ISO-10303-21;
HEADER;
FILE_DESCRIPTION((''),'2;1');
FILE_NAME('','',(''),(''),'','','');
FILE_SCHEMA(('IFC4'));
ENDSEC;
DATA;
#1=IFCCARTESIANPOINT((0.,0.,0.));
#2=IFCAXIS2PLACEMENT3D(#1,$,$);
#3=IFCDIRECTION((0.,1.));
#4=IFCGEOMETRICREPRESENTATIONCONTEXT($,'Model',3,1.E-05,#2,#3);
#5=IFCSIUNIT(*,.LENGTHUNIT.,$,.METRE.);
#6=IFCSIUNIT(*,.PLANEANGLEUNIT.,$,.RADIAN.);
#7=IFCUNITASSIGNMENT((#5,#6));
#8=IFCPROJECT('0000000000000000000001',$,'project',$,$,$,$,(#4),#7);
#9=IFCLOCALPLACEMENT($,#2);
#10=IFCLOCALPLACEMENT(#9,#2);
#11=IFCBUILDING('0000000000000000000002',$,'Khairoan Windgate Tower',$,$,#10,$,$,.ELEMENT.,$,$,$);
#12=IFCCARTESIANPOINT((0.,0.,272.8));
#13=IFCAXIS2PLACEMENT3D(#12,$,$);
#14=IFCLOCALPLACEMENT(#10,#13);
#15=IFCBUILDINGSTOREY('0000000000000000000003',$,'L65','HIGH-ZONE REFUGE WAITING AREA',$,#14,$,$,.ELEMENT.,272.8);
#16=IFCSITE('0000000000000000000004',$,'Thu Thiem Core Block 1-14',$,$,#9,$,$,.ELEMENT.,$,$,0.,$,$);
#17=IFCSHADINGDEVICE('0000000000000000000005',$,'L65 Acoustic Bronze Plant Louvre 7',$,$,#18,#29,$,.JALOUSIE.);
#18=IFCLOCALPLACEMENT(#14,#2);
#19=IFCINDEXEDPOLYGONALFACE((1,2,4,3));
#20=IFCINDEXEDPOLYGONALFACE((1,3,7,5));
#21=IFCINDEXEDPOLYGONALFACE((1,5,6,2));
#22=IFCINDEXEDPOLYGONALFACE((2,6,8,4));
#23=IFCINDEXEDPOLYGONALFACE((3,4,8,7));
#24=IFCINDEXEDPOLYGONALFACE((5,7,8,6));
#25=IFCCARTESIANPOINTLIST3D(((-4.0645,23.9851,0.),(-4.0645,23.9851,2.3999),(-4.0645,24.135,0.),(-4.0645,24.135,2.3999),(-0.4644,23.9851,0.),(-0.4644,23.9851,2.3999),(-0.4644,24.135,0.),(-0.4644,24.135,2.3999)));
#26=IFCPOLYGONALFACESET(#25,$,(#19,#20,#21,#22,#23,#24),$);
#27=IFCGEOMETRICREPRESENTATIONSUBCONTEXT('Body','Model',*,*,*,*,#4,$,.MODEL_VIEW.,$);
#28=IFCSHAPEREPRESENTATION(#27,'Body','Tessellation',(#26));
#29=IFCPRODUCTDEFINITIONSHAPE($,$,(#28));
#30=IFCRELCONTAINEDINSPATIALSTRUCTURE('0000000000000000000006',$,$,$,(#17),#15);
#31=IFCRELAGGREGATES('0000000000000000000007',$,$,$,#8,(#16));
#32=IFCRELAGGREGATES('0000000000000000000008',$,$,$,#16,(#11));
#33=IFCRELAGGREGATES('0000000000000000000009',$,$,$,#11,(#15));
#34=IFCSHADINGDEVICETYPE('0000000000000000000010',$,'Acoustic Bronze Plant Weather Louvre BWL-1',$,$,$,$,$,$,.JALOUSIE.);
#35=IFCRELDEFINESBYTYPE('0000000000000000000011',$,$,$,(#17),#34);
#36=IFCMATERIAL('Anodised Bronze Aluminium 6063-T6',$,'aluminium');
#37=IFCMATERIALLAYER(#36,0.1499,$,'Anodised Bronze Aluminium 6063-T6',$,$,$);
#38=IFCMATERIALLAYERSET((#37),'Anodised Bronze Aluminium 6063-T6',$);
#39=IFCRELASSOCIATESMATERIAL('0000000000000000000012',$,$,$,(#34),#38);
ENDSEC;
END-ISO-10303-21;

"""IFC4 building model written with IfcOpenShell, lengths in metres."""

from ifc_helpers import new_model, si_unit, direction, frame, origin, origin_2d, place, context, subcontext, project, spatial, rectangle, extrude, material, layer, layer_set, type_object, element, save


model = new_model("IFC4")

# Units and contexts
model_context = context("Model", 3, precision=1e-05, world=origin(), true_north=direction((0.0, 1.0)))
body_context = subcontext(model_context, "Body", "Model", "MODEL_VIEW")
ifc_project = project(units=[si_unit("LENGTHUNIT", "METRE"), si_unit("PLANEANGLEUNIT", "RADIAN")], contexts=[model_context])

# Site, building, storey
site_placement = place(None, origin())
site = spatial("IfcSite", under=ifc_project, at=site_placement, Name="Thu Thiem Core Block 1-14", CompositionType="ELEMENT", RefElevation=0.0)
building_placement = place(site_placement, origin())
building = spatial("IfcBuilding", under=site, at=building_placement, Name="Khairoan Windgate Tower", CompositionType="ELEMENT")
storey_placement = place(building_placement, frame((0.0, 0.0, 272.8)))
storey = spatial("IfcBuildingStorey", under=building, at=storey_placement, Name="L65", Description="HIGH-ZONE REFUGE WAITING AREA", CompositionType="ELEMENT", Elevation=272.8)

# Shading device
ifc_material_1 = material(Name="Anodised Bronze Aluminium 6063-T6", Category="aluminium")
ifc_layer_1 = layer(ifc_material_1, 0.1499, Name="Anodised Bronze Aluminium 6063-T6")
ifc_layer_set_1 = layer_set([ifc_layer_1], Name="Anodised Bronze Aluminium 6063-T6")
shading_device_type = type_object("IfcShadingDeviceType", Name="Acoustic Bronze Plant Weather Louvre BWL-1", PredefinedType="JALOUSIE", material=ifc_layer_set_1)
shading_device_placement = place(storey_placement, frame((-2.2644, 24.0601, 0.0), z_axis=(0.0, 0.0, 1.0), x_axis=(1.0, 0.0, 0.0)))
element("IfcShadingDevice", 1, at=shading_device_placement, inside=storey, type_object=shading_device_type, Name="L65 Acoustic Bronze Plant Louvre 7", PredefinedType="JALOUSIE", context=body_context, shape_type="SweptSolid", body=[
    extrude(rectangle(XDim=3.6001, YDim=0.1499, at=origin_2d()), origin(), (0.0, 0.0, 1.0), 2.3999),
])

save(model, "model.ifc")
